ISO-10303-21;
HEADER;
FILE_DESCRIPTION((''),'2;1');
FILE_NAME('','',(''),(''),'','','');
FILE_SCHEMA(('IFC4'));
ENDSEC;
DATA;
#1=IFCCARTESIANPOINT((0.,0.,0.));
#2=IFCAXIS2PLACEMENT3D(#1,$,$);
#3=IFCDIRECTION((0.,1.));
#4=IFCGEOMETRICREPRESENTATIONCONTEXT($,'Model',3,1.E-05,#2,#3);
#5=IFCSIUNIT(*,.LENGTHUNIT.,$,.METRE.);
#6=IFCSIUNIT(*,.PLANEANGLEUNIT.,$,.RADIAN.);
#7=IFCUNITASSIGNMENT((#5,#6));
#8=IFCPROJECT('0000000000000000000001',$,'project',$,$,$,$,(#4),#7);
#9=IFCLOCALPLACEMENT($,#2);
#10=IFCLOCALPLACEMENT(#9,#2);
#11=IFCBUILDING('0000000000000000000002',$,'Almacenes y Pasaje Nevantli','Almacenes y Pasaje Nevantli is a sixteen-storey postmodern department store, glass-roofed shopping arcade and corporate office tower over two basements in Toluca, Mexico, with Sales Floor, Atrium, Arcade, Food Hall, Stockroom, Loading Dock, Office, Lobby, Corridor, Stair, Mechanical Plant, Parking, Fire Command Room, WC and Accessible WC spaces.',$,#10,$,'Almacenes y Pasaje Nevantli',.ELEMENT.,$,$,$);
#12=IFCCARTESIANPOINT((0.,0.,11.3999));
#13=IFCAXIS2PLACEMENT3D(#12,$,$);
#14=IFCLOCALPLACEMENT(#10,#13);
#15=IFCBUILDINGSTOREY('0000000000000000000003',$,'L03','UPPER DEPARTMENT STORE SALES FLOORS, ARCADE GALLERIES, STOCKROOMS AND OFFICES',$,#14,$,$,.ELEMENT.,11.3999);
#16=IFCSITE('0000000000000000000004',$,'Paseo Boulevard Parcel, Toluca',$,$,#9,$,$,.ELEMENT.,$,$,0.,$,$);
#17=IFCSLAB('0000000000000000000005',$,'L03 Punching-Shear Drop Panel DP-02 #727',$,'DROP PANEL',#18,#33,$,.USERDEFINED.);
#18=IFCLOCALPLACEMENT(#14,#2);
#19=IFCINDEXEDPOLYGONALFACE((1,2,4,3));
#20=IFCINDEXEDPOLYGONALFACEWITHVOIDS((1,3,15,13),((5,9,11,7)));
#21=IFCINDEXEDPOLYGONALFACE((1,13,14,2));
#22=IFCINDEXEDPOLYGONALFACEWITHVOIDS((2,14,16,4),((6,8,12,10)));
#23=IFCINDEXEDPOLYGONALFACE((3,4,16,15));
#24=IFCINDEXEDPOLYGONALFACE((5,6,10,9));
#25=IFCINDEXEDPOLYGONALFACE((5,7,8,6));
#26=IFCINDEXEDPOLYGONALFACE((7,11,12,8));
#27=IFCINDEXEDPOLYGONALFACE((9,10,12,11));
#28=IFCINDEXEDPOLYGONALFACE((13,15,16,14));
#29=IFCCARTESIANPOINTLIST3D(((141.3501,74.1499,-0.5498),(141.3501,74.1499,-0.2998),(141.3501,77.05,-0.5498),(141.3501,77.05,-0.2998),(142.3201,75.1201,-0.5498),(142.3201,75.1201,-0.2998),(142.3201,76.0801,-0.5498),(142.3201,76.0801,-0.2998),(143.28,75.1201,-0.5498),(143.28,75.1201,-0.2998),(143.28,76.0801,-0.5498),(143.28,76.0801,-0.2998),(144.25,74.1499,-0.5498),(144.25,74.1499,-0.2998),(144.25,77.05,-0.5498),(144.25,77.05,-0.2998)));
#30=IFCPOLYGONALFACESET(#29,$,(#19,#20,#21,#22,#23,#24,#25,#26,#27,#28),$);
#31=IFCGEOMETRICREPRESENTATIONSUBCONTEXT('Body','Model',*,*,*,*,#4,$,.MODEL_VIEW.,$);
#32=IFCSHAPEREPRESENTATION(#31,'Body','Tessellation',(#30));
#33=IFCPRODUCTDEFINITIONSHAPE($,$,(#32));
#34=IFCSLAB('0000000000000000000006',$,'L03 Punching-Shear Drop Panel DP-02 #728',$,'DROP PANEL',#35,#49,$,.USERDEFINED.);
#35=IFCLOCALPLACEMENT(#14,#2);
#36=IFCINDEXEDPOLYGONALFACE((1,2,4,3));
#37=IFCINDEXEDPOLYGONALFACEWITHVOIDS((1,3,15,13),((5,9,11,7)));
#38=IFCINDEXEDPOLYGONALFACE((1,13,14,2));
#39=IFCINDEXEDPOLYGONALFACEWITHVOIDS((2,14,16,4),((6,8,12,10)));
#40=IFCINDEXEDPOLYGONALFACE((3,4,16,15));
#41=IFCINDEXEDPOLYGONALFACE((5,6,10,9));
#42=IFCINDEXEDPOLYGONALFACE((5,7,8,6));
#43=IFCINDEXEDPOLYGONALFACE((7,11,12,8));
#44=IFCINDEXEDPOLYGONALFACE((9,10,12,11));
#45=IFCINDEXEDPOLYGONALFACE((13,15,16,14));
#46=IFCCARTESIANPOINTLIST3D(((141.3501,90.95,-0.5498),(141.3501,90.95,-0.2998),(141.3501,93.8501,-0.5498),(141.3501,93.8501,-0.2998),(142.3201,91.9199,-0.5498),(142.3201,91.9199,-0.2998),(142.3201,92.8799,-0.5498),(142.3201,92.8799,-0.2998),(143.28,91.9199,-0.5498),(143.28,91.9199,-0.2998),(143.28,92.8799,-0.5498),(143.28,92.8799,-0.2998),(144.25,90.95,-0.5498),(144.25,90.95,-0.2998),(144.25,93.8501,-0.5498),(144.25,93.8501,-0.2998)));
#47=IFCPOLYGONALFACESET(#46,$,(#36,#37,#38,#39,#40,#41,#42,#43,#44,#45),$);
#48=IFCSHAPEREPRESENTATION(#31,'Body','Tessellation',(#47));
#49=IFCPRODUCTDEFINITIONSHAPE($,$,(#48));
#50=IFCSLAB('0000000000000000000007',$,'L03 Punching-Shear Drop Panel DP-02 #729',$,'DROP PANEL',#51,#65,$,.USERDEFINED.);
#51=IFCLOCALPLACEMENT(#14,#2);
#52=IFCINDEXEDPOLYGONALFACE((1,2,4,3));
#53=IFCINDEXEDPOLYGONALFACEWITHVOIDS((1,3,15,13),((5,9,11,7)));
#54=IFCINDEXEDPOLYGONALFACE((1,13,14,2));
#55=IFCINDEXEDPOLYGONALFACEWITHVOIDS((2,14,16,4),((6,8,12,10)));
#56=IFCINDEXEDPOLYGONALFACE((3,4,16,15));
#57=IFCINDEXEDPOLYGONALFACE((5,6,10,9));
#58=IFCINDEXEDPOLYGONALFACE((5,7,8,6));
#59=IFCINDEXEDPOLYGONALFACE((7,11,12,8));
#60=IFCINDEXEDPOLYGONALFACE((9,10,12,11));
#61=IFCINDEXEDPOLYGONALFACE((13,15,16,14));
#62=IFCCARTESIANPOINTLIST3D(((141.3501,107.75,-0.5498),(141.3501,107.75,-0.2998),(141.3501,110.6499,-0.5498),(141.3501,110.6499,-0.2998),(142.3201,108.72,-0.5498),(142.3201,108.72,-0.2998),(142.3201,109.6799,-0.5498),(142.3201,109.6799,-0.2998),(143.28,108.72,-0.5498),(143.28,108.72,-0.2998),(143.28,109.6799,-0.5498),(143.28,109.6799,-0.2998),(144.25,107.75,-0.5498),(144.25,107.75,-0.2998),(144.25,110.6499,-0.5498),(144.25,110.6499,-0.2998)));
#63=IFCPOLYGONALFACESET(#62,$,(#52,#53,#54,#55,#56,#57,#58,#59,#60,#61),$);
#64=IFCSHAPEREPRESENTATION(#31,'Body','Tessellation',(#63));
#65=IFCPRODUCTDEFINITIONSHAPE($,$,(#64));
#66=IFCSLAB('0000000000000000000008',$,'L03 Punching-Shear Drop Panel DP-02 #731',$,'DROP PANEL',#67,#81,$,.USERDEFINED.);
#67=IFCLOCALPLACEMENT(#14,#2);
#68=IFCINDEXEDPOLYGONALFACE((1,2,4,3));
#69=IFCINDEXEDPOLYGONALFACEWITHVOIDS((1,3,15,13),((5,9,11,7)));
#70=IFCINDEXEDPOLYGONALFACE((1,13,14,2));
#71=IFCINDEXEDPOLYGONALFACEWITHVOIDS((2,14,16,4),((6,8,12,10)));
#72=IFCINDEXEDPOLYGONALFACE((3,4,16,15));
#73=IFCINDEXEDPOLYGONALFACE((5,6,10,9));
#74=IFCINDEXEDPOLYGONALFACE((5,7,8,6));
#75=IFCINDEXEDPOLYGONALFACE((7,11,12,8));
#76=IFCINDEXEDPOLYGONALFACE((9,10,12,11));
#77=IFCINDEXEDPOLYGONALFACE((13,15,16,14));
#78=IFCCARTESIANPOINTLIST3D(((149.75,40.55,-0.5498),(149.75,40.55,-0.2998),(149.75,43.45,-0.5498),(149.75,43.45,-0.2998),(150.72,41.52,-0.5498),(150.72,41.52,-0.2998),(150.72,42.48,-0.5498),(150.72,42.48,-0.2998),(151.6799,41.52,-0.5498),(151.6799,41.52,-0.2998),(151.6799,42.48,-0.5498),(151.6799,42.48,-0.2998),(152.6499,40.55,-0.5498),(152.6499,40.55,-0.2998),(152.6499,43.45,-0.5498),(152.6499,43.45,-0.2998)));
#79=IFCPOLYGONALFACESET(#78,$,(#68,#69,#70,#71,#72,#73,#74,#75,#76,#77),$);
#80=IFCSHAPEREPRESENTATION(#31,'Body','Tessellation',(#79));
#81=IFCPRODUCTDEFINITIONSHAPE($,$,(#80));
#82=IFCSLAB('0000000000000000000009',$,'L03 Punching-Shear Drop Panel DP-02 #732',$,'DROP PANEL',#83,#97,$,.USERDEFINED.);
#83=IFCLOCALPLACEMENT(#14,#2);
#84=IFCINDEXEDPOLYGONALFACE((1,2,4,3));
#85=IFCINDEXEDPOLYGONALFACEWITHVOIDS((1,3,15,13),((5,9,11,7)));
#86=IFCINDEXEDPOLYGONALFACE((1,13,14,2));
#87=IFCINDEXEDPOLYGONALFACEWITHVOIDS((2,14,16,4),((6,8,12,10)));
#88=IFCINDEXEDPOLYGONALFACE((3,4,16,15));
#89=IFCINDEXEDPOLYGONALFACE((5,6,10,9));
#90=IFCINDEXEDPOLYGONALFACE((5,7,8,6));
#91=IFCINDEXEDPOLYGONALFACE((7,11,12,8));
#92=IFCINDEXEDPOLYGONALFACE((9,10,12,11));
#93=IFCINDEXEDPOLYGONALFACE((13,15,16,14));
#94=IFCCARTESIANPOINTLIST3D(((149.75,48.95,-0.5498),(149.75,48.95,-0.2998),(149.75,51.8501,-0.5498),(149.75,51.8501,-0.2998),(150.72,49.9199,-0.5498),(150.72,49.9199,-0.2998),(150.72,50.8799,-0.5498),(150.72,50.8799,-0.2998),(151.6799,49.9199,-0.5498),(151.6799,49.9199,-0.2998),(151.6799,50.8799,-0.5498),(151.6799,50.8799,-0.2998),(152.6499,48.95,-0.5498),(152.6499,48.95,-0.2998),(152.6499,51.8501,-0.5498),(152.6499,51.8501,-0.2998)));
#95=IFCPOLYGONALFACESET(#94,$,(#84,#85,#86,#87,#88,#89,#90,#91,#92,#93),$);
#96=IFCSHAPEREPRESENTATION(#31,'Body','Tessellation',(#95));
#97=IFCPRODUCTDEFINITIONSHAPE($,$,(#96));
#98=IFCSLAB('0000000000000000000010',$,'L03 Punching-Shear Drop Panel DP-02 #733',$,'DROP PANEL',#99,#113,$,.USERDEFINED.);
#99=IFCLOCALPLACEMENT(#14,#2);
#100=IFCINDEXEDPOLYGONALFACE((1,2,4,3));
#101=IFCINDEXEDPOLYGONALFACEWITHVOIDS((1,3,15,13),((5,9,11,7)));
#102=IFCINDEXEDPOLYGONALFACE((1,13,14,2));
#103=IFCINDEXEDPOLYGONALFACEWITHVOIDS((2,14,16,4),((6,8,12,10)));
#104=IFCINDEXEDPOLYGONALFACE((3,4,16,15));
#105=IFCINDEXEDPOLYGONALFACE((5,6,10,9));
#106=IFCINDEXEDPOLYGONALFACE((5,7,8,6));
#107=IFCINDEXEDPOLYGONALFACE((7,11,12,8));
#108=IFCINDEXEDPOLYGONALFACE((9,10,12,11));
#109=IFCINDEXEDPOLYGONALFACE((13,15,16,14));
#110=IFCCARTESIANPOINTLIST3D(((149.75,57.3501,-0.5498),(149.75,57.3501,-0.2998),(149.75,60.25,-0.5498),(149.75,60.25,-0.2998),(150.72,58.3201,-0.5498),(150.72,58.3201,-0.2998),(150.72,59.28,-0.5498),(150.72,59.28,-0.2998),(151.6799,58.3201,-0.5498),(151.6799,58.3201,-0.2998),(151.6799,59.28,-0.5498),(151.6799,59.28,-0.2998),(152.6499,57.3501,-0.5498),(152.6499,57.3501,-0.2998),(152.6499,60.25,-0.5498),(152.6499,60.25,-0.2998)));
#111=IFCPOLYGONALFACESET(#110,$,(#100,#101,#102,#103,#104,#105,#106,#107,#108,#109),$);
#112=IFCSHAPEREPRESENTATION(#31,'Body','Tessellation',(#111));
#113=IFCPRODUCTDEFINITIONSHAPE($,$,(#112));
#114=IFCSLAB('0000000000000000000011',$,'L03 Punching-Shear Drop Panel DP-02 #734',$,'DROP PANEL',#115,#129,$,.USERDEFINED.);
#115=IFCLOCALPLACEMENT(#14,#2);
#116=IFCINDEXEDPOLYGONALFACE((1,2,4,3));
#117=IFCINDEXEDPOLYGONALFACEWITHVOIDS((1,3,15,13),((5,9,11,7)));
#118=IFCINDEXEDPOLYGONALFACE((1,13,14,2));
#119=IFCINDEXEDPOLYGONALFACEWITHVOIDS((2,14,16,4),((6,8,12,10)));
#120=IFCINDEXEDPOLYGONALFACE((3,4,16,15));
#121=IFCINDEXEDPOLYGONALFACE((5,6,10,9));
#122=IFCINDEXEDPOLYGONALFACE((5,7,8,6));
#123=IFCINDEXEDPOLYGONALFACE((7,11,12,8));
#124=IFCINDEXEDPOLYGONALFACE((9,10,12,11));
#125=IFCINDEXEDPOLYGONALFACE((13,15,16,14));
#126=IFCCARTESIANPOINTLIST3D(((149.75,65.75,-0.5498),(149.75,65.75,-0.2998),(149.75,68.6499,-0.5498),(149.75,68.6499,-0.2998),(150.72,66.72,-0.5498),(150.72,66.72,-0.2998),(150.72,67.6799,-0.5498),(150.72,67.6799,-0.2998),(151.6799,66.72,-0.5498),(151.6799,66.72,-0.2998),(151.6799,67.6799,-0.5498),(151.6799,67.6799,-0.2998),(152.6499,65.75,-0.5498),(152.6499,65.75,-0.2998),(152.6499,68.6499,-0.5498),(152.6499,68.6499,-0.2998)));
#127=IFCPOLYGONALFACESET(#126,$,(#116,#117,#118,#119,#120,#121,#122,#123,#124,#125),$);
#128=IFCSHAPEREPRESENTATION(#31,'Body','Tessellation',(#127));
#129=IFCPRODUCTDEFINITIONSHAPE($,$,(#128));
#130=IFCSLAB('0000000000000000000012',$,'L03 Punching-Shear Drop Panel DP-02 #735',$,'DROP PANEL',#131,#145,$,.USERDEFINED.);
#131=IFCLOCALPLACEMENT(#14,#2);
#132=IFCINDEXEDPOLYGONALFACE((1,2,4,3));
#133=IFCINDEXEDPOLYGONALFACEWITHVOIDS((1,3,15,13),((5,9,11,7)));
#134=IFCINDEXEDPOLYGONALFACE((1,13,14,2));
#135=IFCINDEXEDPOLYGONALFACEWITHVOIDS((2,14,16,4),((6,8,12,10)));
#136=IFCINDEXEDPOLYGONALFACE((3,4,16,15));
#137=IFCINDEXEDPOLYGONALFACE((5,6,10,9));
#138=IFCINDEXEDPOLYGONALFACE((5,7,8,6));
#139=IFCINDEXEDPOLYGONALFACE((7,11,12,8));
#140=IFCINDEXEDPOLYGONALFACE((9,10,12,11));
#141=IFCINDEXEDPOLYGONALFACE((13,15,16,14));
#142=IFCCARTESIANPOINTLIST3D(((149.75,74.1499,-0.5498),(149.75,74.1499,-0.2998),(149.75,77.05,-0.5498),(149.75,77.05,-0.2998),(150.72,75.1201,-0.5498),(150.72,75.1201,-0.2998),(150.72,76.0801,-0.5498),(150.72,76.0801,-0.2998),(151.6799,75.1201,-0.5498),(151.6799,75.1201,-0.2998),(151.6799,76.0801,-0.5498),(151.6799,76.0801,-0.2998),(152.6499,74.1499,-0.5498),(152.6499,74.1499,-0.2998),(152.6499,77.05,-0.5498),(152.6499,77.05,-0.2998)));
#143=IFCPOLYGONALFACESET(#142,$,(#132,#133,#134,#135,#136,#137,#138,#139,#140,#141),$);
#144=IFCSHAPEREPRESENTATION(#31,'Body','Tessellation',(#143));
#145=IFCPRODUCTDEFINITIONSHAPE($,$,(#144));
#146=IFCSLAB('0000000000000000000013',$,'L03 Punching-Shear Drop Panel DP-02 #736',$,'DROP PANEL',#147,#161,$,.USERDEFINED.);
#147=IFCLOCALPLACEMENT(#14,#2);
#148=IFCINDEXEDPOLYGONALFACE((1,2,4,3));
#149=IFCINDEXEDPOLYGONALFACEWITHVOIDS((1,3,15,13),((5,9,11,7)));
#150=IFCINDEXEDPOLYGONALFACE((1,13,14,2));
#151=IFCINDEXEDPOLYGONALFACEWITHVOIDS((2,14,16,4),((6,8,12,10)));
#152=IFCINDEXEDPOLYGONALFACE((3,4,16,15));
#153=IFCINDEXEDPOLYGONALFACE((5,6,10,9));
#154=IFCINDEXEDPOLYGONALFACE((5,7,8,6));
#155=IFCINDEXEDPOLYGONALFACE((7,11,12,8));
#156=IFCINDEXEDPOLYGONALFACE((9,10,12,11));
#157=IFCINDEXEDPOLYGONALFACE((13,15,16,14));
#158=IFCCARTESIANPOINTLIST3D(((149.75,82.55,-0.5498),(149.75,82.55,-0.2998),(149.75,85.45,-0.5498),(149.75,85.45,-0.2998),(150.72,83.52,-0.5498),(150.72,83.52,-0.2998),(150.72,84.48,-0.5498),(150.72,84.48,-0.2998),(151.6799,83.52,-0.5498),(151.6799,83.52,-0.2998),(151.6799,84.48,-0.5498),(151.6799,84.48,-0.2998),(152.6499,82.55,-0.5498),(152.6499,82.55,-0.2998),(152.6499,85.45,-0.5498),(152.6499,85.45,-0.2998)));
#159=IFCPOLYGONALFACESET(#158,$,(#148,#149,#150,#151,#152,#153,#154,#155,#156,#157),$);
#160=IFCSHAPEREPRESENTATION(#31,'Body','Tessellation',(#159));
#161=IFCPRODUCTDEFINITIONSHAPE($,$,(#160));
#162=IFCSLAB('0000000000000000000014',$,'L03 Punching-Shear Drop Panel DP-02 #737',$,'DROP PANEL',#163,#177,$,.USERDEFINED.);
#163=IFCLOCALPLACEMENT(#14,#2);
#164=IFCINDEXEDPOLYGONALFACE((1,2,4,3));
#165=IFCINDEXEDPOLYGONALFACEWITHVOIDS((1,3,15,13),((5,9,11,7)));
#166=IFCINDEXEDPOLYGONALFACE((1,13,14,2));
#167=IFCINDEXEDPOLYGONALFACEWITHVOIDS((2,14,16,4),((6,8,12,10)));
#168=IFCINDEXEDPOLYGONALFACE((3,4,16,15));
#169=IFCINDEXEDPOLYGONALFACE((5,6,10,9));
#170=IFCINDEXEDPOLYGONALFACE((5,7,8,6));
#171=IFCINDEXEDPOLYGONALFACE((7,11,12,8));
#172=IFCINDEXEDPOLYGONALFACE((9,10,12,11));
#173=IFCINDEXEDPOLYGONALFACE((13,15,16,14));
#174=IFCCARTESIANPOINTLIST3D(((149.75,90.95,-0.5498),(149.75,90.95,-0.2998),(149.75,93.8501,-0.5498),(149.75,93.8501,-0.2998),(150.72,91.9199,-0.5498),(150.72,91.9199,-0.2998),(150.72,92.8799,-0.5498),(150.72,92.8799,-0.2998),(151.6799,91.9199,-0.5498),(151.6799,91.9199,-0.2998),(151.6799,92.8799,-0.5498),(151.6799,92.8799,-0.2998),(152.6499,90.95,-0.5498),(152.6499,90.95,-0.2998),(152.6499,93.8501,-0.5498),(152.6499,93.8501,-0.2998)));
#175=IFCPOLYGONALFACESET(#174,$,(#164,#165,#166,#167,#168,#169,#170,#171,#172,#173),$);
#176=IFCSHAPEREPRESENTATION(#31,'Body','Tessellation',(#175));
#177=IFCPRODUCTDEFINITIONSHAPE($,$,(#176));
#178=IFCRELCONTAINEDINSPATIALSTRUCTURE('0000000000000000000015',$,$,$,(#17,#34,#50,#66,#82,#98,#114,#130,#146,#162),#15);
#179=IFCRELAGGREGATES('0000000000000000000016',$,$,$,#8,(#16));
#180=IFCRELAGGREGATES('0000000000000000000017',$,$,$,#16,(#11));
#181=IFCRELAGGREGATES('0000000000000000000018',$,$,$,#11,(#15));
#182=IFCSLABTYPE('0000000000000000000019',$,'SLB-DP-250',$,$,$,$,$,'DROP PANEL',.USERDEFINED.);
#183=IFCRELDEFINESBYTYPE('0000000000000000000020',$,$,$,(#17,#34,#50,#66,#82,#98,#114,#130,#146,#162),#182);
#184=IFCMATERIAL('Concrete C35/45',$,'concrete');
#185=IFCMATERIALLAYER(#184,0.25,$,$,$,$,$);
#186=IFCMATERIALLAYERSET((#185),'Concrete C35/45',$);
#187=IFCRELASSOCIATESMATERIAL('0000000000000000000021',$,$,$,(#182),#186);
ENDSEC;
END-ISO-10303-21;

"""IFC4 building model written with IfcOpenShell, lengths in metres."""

from ifc_helpers import new_model, si_unit, direction, frame, origin, place, context, subcontext, project, spatial, polyline, outline, extrude, material, layer, layer_set, type_object, element, save


model = new_model("IFC4")

# Units and contexts
model_context = context("Model", 3, precision=1e-05, world=origin(), true_north=direction((0.0, 1.0)))
body_context = subcontext(model_context, "Body", "Model", "MODEL_VIEW")
ifc_project = project(units=[si_unit("LENGTHUNIT", "METRE"), si_unit("PLANEANGLEUNIT", "RADIAN")], contexts=[model_context])

# Site, building, storey
site_placement = place(None, origin())
site = spatial("IfcSite", under=ifc_project, at=site_placement, Name="Paseo Boulevard Parcel, Toluca", CompositionType="ELEMENT", RefElevation=0.0)
building_placement = place(site_placement, origin())
building = spatial("IfcBuilding", under=site, at=building_placement, Name="Almacenes y Pasaje Nevantli", Description="Almacenes y Pasaje Nevantli is a sixteen-storey postmodern department store, glass-roofed shopping arcade and corporate office tower over two basements in Toluca, Mexico, with Sales Floor, Atrium, Arcade, Food Hall, Stockroom, Loading Dock, Office, Lobby, Corridor, Stair, Mechanical Plant, Parking, Fire Command Room, WC and Accessible WC spaces.", LongName="Almacenes y Pasaje Nevantli", CompositionType="ELEMENT")
storey_placement = place(building_placement, frame((0.0, 0.0, 11.3999)))
storey = spatial("IfcBuildingStorey", under=building, at=storey_placement, Name="L03", Description="UPPER DEPARTMENT STORE SALES FLOORS, ARCADE GALLERIES, STOCKROOMS AND OFFICES", CompositionType="ELEMENT", Elevation=11.3999)

# Slabs
ifc_material_1 = material(Name="Concrete C35/45", Category="concrete")
ifc_layer_1 = layer(ifc_material_1, 0.25)
ifc_layer_set_1 = layer_set([ifc_layer_1], Name="Concrete C35/45")
slab_type_1 = type_object("IfcSlabType", Name="SLB-DP-250", ElementType="DROP PANEL", PredefinedType="USERDEFINED", material=ifc_layer_set_1)
slab_1_placement = place(storey_placement, frame((0.0, 0.0, -0.5498)))
element("IfcSlab", 1, at=slab_1_placement, inside=storey, type_object=slab_type_1, Name="L03 Punching-Shear Drop Panel DP-02 #727", ObjectType="DROP PANEL", PredefinedType="USERDEFINED", context=body_context, shape_type="SweptSolid", body=[
    extrude(outline(polyline([(141.3501, 74.1499), (144.25, 74.1499), (144.25, 77.05), (141.3501, 77.05), (141.3501, 74.1499)]), holes=[polyline([(142.3201, 75.1201), (143.28, 75.1201), (143.28, 76.0801), (142.3201, 76.0801), (142.3201, 75.1201)])]), origin(), (0.0, 0.0, 1.0), 0.25),
])
slab_2_placement = place(storey_placement, frame((0.0, 0.0, -0.5498)))
element("IfcSlab", 2, at=slab_2_placement, inside=storey, type_object=slab_type_1, Name="L03 Punching-Shear Drop Panel DP-02 #728", ObjectType="DROP PANEL", PredefinedType="USERDEFINED", context=body_context, shape_type="SweptSolid", body=[
    extrude(outline(polyline([(141.3501, 90.95), (144.25, 90.95), (144.25, 93.8501), (141.3501, 93.8501), (141.3501, 90.95)]), holes=[polyline([(142.3201, 91.9199), (143.28, 91.9199), (143.28, 92.8799), (142.3201, 92.8799), (142.3201, 91.9199)])]), origin(), (0.0, 0.0, 1.0), 0.25),
])
slab_3_placement = place(storey_placement, frame((0.0, 0.0, -0.5498)))
element("IfcSlab", 3, at=slab_3_placement, inside=storey, type_object=slab_type_1, Name="L03 Punching-Shear Drop Panel DP-02 #729", ObjectType="DROP PANEL", PredefinedType="USERDEFINED", context=body_context, shape_type="SweptSolid", body=[
    extrude(outline(polyline([(141.3501, 107.75), (144.25, 107.75), (144.25, 110.6499), (141.3501, 110.6499), (141.3501, 107.75)]), holes=[polyline([(142.3201, 108.72), (143.28, 108.72), (143.28, 109.6799), (142.3201, 109.6799), (142.3201, 108.72)])]), origin(), (0.0, 0.0, 1.0), 0.25),
])
slab_4_placement = place(storey_placement, frame((0.0, 0.0, -0.5498)))
element("IfcSlab", 4, at=slab_4_placement, inside=storey, type_object=slab_type_1, Name="L03 Punching-Shear Drop Panel DP-02 #731", ObjectType="DROP PANEL", PredefinedType="USERDEFINED", context=body_context, shape_type="SweptSolid", body=[
    extrude(outline(polyline([(149.75, 40.55), (152.6499, 40.55), (152.6499, 43.45), (149.75, 43.45), (149.75, 40.55)]), holes=[polyline([(150.72, 41.52), (151.6799, 41.52), (151.6799, 42.48), (150.72, 42.48), (150.72, 41.52)])]), origin(), (0.0, 0.0, 1.0), 0.25),
])
slab_5_placement = place(storey_placement, frame((0.0, 0.0, -0.5498)))
element("IfcSlab", 5, at=slab_5_placement, inside=storey, type_object=slab_type_1, Name="L03 Punching-Shear Drop Panel DP-02 #732", ObjectType="DROP PANEL", PredefinedType="USERDEFINED", context=body_context, shape_type="SweptSolid", body=[
    extrude(outline(polyline([(149.75, 48.95), (152.6499, 48.95), (152.6499, 51.8501), (149.75, 51.8501), (149.75, 48.95)]), holes=[polyline([(150.72, 49.9199), (151.6799, 49.9199), (151.6799, 50.8799), (150.72, 50.8799), (150.72, 49.9199)])]), origin(), (0.0, 0.0, 1.0), 0.25),
])
slab_6_placement = place(storey_placement, frame((0.0, 0.0, -0.5498)))
element("IfcSlab", 6, at=slab_6_placement, inside=storey, type_object=slab_type_1, Name="L03 Punching-Shear Drop Panel DP-02 #733", ObjectType="DROP PANEL", PredefinedType="USERDEFINED", context=body_context, shape_type="SweptSolid", body=[
    extrude(outline(polyline([(149.75, 57.3501), (152.6499, 57.3501), (152.6499, 60.25), (149.75, 60.25), (149.75, 57.3501)]), holes=[polyline([(150.72, 58.3201), (151.6799, 58.3201), (151.6799, 59.28), (150.72, 59.28), (150.72, 58.3201)])]), origin(), (0.0, 0.0, 1.0), 0.25),
])
slab_7_placement = place(storey_placement, frame((0.0, 0.0, -0.5498)))
element("IfcSlab", 7, at=slab_7_placement, inside=storey, type_object=slab_type_1, Name="L03 Punching-Shear Drop Panel DP-02 #734", ObjectType="DROP PANEL", PredefinedType="USERDEFINED", context=body_context, shape_type="SweptSolid", body=[
    extrude(outline(polyline([(149.75, 65.75), (152.6499, 65.75), (152.6499, 68.6499), (149.75, 68.6499), (149.75, 65.75)]), holes=[polyline([(150.72, 66.72), (151.6799, 66.72), (151.6799, 67.6799), (150.72, 67.6799), (150.72, 66.72)])]), origin(), (0.0, 0.0, 1.0), 0.25),
])
slab_8_placement = place(storey_placement, frame((0.0, 0.0, -0.5498)))
element("IfcSlab", 8, at=slab_8_placement, inside=storey, type_object=slab_type_1, Name="L03 Punching-Shear Drop Panel DP-02 #735", ObjectType="DROP PANEL", PredefinedType="USERDEFINED", context=body_context, shape_type="SweptSolid", body=[
    extrude(outline(polyline([(149.75, 74.1499), (152.6499, 74.1499), (152.6499, 77.05), (149.75, 77.05), (149.75, 74.1499)]), holes=[polyline([(150.72, 75.1201), (151.6799, 75.1201), (151.6799, 76.0801), (150.72, 76.0801), (150.72, 75.1201)])]), origin(), (0.0, 0.0, 1.0), 0.25),
])
slab_9_placement = place(storey_placement, frame((0.0, 0.0, -0.5498)))
element("IfcSlab", 9, at=slab_9_placement, inside=storey, type_object=slab_type_1, Name="L03 Punching-Shear Drop Panel DP-02 #736", ObjectType="DROP PANEL", PredefinedType="USERDEFINED", context=body_context, shape_type="SweptSolid", body=[
    extrude(outline(polyline([(149.75, 82.55), (152.6499, 82.55), (152.6499, 85.45), (149.75, 85.45), (149.75, 82.55)]), holes=[polyline([(150.72, 83.52), (151.6799, 83.52), (151.6799, 84.48), (150.72, 84.48), (150.72, 83.52)])]), origin(), (0.0, 0.0, 1.0), 0.25),
])
slab_10_placement = place(storey_placement, frame((0.0, 0.0, -0.5498)))
element("IfcSlab", 10, at=slab_10_placement, inside=storey, type_object=slab_type_1, Name="L03 Punching-Shear Drop Panel DP-02 #737", ObjectType="DROP PANEL", PredefinedType="USERDEFINED", context=body_context, shape_type="SweptSolid", body=[
    extrude(outline(polyline([(149.75, 90.95), (152.6499, 90.95), (152.6499, 93.8501), (149.75, 93.8501), (149.75, 90.95)]), holes=[polyline([(150.72, 91.9199), (151.6799, 91.9199), (151.6799, 92.8799), (150.72, 92.8799), (150.72, 91.9199)])]), origin(), (0.0, 0.0, 1.0), 0.25),
])

save(model, "model.ifc")
